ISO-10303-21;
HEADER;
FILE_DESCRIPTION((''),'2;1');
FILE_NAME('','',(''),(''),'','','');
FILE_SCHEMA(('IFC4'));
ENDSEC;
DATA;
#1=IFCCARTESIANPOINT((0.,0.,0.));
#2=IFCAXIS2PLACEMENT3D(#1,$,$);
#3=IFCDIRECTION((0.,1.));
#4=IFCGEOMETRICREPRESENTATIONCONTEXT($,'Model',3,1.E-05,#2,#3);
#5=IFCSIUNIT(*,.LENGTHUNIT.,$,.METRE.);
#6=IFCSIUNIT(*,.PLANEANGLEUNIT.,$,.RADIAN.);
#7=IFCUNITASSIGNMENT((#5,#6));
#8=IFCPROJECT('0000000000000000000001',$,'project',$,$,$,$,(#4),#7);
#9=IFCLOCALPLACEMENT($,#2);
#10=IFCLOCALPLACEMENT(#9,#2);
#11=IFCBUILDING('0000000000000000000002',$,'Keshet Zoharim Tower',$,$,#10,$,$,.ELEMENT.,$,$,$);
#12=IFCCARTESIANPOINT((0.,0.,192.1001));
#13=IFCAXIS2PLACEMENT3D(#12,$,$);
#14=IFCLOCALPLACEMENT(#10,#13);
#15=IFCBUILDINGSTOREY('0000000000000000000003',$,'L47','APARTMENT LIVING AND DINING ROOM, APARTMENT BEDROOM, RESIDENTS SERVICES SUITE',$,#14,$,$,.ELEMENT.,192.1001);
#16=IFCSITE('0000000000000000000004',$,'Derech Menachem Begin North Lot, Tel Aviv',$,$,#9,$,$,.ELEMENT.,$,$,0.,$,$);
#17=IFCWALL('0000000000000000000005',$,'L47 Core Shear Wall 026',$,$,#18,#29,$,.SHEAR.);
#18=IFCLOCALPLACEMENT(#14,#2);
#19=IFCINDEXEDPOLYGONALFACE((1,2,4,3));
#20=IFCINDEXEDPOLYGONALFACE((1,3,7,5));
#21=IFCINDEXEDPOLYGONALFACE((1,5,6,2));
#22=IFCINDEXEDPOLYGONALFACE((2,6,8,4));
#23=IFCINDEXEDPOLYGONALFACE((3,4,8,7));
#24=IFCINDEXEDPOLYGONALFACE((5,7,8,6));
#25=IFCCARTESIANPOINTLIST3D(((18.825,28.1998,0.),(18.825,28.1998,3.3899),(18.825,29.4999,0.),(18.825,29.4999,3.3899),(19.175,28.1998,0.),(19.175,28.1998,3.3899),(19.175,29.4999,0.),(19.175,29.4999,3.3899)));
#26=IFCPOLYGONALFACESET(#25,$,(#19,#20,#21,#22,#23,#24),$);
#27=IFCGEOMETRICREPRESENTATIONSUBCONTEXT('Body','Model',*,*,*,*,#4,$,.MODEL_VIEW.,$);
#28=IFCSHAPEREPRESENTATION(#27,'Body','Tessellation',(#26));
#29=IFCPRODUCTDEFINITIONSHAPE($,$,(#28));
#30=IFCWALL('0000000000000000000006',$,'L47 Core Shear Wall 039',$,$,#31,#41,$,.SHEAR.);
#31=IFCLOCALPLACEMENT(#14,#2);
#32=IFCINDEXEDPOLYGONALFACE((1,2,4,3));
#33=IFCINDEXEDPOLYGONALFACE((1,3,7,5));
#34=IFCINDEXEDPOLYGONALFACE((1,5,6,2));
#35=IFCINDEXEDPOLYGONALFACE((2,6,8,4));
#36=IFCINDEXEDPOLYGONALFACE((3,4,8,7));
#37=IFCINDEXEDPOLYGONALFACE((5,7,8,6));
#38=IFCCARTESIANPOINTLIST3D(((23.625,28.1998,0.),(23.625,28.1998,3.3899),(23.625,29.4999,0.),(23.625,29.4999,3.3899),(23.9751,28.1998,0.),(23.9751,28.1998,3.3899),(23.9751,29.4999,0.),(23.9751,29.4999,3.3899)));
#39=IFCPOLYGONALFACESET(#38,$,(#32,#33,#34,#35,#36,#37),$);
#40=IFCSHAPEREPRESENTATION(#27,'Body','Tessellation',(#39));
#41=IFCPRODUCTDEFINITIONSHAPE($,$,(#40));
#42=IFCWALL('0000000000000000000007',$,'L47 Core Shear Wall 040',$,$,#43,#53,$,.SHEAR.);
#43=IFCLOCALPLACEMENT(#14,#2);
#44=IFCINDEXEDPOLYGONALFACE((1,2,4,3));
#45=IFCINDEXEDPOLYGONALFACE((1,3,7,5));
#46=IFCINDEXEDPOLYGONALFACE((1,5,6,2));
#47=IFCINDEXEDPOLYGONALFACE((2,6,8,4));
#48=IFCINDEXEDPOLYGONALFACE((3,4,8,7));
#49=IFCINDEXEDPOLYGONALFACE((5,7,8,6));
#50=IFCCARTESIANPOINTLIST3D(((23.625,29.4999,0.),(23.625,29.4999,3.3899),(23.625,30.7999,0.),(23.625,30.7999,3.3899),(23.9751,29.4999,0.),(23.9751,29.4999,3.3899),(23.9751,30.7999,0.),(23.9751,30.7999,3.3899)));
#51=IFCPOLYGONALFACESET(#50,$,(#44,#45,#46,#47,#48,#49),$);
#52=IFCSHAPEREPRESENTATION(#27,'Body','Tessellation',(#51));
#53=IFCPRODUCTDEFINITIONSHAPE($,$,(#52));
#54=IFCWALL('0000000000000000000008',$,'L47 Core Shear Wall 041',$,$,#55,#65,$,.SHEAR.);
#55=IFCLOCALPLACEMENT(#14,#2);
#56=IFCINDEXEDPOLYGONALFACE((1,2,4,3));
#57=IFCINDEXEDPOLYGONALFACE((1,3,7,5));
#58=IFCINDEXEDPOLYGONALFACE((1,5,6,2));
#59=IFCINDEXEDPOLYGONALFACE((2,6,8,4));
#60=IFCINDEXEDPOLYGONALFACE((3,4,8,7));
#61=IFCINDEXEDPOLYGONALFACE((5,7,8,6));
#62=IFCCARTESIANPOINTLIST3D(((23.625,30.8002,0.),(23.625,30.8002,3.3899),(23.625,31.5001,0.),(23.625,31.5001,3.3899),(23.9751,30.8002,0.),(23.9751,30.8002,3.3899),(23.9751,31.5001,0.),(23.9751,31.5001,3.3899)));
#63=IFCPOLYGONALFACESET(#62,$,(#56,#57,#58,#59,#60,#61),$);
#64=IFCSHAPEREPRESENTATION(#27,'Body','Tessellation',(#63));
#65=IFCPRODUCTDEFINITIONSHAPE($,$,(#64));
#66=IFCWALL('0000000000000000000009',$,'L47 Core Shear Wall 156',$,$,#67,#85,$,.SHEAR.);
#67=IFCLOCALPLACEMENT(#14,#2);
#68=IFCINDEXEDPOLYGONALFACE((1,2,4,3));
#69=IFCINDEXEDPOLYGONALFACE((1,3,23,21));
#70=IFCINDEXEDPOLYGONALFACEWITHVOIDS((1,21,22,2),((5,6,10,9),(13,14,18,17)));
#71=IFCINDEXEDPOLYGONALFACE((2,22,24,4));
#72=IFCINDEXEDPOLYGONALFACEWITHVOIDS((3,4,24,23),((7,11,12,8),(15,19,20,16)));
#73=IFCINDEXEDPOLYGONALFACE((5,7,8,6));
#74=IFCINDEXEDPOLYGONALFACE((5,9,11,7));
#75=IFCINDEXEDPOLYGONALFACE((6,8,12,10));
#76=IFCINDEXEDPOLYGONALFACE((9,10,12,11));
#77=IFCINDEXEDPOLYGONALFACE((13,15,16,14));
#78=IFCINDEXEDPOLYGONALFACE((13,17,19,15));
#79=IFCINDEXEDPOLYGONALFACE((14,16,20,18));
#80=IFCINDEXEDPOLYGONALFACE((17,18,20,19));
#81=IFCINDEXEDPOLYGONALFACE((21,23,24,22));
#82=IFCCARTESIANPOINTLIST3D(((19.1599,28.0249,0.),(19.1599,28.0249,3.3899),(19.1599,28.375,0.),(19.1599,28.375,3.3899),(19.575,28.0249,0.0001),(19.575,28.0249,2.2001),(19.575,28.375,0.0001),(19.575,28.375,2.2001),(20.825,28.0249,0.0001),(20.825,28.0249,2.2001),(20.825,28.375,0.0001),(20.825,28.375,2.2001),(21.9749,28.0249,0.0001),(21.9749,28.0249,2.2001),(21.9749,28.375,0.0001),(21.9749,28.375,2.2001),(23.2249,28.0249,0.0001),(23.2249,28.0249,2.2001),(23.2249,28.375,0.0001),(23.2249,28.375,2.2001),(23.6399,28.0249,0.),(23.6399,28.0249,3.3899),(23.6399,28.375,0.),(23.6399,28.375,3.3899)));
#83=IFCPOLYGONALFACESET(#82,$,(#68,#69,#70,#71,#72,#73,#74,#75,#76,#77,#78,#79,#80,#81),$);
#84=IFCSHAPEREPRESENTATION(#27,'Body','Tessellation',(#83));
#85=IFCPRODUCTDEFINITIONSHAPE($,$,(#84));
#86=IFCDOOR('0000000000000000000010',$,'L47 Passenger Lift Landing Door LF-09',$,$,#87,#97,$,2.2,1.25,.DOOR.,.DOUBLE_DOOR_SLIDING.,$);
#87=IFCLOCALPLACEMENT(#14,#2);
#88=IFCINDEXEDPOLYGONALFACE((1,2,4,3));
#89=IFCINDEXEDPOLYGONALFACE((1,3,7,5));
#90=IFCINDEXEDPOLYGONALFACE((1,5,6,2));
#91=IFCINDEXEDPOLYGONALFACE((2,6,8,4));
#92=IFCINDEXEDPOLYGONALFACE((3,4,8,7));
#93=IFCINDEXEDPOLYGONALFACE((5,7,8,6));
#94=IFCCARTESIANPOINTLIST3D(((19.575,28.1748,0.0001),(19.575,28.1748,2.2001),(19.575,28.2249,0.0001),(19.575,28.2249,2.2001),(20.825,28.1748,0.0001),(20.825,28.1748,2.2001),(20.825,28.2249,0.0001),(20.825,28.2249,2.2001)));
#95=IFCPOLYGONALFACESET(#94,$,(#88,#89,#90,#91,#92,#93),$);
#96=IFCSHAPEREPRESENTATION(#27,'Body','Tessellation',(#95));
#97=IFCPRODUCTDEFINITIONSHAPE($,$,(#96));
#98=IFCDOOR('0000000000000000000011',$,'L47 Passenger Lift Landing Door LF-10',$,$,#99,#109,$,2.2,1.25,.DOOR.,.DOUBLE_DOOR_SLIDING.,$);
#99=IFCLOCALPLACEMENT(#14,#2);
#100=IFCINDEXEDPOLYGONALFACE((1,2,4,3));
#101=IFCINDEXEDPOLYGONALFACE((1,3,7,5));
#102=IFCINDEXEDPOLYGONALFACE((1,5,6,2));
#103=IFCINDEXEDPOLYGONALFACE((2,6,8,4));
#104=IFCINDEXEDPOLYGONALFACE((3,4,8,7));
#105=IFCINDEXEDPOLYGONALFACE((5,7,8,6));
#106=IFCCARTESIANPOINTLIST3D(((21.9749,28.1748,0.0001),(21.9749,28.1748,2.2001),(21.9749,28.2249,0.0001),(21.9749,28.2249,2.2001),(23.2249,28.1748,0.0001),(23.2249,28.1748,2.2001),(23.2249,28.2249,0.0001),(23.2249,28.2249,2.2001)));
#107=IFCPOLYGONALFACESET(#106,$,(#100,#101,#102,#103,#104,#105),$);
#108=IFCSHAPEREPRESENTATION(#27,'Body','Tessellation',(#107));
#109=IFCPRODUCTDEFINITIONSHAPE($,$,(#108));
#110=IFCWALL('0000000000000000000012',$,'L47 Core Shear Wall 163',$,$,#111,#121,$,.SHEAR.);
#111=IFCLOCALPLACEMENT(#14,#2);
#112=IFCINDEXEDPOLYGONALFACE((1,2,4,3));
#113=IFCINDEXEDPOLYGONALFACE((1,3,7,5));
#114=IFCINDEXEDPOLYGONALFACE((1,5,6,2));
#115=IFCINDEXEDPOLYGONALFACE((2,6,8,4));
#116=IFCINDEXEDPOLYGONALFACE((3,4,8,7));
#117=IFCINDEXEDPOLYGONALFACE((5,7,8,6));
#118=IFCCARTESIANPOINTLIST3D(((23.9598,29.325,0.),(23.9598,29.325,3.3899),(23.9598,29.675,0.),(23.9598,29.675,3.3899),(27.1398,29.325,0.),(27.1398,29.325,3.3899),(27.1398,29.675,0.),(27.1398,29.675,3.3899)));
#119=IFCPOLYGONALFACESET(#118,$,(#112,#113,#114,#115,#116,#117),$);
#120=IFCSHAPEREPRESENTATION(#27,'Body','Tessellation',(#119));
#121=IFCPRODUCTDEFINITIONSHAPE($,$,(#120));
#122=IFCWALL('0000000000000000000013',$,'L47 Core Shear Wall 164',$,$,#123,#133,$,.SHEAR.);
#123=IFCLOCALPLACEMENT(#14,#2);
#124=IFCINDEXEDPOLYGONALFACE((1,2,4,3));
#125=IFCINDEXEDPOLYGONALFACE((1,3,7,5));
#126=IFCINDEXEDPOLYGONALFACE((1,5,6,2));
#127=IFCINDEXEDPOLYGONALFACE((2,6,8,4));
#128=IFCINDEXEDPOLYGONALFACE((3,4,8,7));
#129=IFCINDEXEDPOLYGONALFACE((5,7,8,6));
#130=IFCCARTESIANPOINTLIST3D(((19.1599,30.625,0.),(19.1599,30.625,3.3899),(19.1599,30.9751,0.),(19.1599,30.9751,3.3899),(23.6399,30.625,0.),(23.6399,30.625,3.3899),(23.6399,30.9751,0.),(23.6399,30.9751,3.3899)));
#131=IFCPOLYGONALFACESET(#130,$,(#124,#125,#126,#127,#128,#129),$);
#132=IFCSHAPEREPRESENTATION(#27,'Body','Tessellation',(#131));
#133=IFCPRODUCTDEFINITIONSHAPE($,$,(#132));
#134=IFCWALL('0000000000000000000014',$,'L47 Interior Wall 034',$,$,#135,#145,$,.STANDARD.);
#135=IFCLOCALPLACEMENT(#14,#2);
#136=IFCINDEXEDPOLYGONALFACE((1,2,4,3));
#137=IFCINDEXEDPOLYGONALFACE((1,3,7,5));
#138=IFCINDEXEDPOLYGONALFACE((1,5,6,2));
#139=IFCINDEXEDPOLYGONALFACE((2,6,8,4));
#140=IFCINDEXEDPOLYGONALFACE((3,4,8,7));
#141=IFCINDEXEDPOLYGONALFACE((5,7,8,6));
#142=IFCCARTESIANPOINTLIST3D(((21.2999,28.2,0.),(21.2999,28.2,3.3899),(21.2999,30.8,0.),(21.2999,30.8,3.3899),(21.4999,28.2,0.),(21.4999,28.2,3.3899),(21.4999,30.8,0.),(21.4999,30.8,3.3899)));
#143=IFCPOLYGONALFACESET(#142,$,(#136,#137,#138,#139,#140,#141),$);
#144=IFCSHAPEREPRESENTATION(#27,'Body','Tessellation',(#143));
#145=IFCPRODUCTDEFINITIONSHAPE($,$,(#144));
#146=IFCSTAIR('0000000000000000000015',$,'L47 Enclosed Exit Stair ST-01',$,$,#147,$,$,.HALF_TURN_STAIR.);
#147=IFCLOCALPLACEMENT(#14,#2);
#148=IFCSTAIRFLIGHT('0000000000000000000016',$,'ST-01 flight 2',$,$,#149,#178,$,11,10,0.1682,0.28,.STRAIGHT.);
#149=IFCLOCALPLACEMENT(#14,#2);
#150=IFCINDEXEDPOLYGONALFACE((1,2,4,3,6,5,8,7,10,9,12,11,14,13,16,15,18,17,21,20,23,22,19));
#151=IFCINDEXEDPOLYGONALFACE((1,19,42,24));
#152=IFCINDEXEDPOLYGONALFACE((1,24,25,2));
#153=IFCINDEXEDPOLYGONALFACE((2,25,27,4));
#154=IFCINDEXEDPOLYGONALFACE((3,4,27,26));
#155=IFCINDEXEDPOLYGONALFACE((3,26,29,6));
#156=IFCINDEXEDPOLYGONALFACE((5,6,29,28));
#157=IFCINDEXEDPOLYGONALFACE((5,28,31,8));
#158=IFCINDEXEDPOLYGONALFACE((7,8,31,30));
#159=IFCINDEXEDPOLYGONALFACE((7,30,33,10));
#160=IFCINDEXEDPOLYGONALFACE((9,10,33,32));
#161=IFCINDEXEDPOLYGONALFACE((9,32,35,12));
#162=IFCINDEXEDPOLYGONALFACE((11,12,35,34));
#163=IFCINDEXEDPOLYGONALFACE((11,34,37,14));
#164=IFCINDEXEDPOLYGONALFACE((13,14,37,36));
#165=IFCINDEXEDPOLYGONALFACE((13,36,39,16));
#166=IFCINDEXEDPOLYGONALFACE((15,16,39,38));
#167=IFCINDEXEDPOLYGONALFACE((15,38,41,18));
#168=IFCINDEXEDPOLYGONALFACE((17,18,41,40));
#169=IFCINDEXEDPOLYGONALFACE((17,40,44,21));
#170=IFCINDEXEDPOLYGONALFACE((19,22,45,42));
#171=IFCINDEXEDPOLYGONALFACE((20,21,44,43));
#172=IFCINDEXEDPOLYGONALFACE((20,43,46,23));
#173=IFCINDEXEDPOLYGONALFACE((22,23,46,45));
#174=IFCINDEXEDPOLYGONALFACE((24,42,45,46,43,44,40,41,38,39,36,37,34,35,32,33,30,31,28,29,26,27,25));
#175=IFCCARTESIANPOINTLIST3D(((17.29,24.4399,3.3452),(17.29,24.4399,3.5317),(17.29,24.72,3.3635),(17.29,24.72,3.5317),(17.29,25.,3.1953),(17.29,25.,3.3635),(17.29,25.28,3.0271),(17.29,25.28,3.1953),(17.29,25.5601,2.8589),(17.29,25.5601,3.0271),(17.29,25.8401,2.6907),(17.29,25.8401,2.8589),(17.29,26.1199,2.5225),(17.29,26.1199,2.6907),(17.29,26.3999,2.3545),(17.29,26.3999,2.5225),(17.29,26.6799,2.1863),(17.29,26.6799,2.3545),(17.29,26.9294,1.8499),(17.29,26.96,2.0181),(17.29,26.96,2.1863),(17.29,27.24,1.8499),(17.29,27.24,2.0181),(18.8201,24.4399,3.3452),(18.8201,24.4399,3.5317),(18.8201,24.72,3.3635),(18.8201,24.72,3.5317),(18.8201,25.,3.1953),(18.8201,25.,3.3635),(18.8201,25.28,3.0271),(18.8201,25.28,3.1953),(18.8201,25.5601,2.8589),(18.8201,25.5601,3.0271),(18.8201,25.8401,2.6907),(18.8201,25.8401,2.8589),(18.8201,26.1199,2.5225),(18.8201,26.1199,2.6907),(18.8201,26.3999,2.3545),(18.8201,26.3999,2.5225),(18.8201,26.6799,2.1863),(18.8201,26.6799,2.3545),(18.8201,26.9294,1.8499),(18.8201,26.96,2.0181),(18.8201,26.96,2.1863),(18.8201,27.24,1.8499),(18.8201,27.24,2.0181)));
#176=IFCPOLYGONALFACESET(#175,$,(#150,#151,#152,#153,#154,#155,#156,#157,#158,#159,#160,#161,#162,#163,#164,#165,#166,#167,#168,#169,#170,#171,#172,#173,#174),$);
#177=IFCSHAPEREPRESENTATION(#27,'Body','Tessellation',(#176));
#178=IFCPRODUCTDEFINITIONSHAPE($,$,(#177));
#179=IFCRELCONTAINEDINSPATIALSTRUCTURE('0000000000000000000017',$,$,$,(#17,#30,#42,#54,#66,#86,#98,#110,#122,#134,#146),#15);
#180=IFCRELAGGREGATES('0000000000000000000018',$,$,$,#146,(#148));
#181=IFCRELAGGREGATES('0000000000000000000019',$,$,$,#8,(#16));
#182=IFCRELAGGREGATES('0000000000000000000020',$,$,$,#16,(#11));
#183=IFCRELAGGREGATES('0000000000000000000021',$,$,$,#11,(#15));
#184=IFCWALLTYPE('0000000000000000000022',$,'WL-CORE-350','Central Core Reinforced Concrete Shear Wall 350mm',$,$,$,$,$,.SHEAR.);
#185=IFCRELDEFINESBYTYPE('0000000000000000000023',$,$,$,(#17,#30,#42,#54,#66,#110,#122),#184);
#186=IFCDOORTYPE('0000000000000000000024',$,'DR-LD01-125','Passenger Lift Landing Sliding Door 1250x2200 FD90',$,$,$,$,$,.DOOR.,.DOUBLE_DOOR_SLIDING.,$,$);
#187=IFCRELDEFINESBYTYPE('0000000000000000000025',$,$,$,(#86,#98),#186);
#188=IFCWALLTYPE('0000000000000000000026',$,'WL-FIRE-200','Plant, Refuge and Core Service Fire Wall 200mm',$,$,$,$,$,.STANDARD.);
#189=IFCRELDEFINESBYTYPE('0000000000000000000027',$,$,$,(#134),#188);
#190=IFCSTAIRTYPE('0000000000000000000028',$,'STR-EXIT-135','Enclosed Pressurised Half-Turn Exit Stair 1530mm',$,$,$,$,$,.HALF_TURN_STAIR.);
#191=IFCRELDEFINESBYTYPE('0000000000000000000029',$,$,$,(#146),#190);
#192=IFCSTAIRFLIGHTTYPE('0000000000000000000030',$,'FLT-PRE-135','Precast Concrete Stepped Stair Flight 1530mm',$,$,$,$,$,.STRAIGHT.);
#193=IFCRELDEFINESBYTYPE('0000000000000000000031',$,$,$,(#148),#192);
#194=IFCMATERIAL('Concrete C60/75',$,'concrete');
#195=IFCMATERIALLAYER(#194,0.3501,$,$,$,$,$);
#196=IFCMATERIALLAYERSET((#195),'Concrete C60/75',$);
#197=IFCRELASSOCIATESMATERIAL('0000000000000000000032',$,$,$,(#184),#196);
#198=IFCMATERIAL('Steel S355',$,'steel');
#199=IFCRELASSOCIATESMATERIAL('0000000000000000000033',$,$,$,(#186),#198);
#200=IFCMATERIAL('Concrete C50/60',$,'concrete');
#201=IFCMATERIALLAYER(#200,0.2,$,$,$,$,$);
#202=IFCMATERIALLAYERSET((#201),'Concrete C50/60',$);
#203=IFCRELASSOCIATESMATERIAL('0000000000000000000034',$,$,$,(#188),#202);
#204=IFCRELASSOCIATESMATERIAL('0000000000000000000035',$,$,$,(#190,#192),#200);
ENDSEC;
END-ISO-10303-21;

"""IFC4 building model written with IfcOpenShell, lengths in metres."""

from ifc_helpers import new_model, si_unit, direction, frame, frame_2d, origin, place, context, subcontext, project, spatial, polyline, rectangle, outline, extrude, material, layer, layer_set, type_object, element, fill, aggregate, save


model = new_model("IFC4")

# Units and contexts
model_context = context("Model", 3, precision=1e-05, world=origin(), true_north=direction((0.0, 1.0)))
body_context = subcontext(model_context, "Body", "Model", "MODEL_VIEW")
ifc_project = project(units=[si_unit("LENGTHUNIT", "METRE"), si_unit("PLANEANGLEUNIT", "RADIAN")], contexts=[model_context])

# Site, building, storey
site_placement = place(None, origin())
site = spatial("IfcSite", under=ifc_project, at=site_placement, Name="Derech Menachem Begin North Lot, Tel Aviv", CompositionType="ELEMENT", RefElevation=0.0)
building_placement = place(site_placement, origin())
building = spatial("IfcBuilding", under=site, at=building_placement, Name="Keshet Zoharim Tower", CompositionType="ELEMENT")
storey_placement = place(building_placement, frame((0.0, 0.0, 192.1001)))
storey = spatial("IfcBuildingStorey", under=building, at=storey_placement, Name="L47", Description="APARTMENT LIVING AND DINING ROOM, APARTMENT BEDROOM, RESIDENTS SERVICES SUITE", CompositionType="ELEMENT", Elevation=192.1001)

# Wall
ifc_material_1 = material(Name="Concrete C60/75", Category="concrete")
ifc_layer_1 = layer(ifc_material_1, 0.3501)
ifc_layer_set_1 = layer_set([ifc_layer_1], Name="Concrete C60/75")
wall_type_1 = type_object("IfcWallType", Name="WL-CORE-350", Description="Central Core Reinforced Concrete Shear Wall 350mm", PredefinedType="SHEAR", material=ifc_layer_set_1)
wall_1_placement = place(storey_placement, frame((19.0, 28.2, 0.0), z_axis=(0.0, 0.0, 1.0), x_axis=(0.0, 1.0, 0.0)))
element("IfcWall", 1, at=wall_1_placement, inside=storey, type_object=wall_type_1, Name="L47 Core Shear Wall 026", PredefinedType="SHEAR", context=body_context, shape_type="SweptSolid", body=[
    extrude(rectangle(XDim=1.3, YDim=0.3501, at=frame_2d((0.6499, 0.0))), origin(), (0.0, 0.0, 1.0), 3.3899),
])

# Walls
for number, where, z_axis, x_axis, name in (
    (2, (23.8, 28.2, 0.0), (0.0, 0.0, 1.0), (0.0, 1.0, 0.0), "L47 Core Shear Wall 039"),
    (3, (23.8, 29.5, 0.0), (0.0, 0.0, 1.0), (0.0, 1.0, 0.0), "L47 Core Shear Wall 040"),
):
    element("IfcWall", number, at=place(storey_placement, frame(where, z_axis=z_axis, x_axis=x_axis)), inside=storey, type_object=wall_type_1, Name=name, PredefinedType="SHEAR", context=body_context, shape_type="SweptSolid", body=[
        extrude(rectangle(XDim=1.3, YDim=0.3501, at=frame_2d((0.6499, 0.0))), origin(), (0.0, 0.0, 1.0), 3.3899),
    ])
wall_2_placement = place(storey_placement, frame((23.8, 30.8, 0.0), z_axis=(0.0, 0.0, 1.0), x_axis=(0.0, 1.0, 0.0)))
element("IfcWall", 4, at=wall_2_placement, inside=storey, type_object=wall_type_1, Name="L47 Core Shear Wall 041", PredefinedType="SHEAR", context=body_context, shape_type="SweptSolid", body=[
    extrude(rectangle(XDim=0.7, YDim=0.3501, at=frame_2d((0.3501, 0.0))), origin(), (0.0, 0.0, 1.0), 3.3899),
])

# Wall, openings, doors
wall_3_placement = place(storey_placement, frame((19.1599, 28.2, 0.0), z_axis=(0.0, 0.0, 1.0), x_axis=(1.0, 0.0, 0.0)))
wall_3 = element("IfcWall", 5, at=wall_3_placement, inside=storey, type_object=wall_type_1, Name="L47 Core Shear Wall 156", PredefinedType="SHEAR", context=body_context, shape_type="SweptSolid", body=[
    extrude(rectangle(XDim=4.48, YDim=0.3501, at=frame_2d((2.24, 0.0))), origin(), (0.0, 0.0, 1.0), 3.3899),
])
opening_1_placement = place(wall_3_placement, frame((0.415, 0.0, 0.0)))
opening_1 = element("IfcOpeningElement", 6, at=opening_1_placement, cuts=wall_3, PredefinedType="OPENING", context=body_context, shape_type="SweptSolid", body=[
    extrude(rectangle(XDim=1.25, YDim=2.2, at=frame_2d((0.625, 1.1001))), frame((0.0, 0.1851, 0.0), z_axis=(0.0, -1.0, 0.0), x_axis=(1.0, 0.0, 0.0)), (0.0, 0.0, 1.0), 0.3701),
])
opening_2_placement = place(wall_3_placement, frame((2.8149, 0.0, 0.0)))
opening_2 = element("IfcOpeningElement", 7, at=opening_2_placement, cuts=wall_3, PredefinedType="OPENING", context=body_context, shape_type="SweptSolid", body=[
    extrude(rectangle(XDim=1.25, YDim=2.2, at=frame_2d((0.625, 1.1001))), frame((0.0, 0.1851, 0.0), z_axis=(0.0, -1.0, 0.0), x_axis=(1.0, 0.0, 0.0)), (0.0, 0.0, 1.0), 0.3701),
])
ifc_material_2 = material(Name="Steel S355", Category="steel")
door_type_1 = type_object("IfcDoorType", Name="DR-LD01-125", Description="Passenger Lift Landing Sliding Door 1250x2200 FD90", OperationType="DOUBLE_DOOR_SLIDING", PredefinedType="DOOR", material=ifc_material_2)
door_1_placement = place(opening_1_placement, origin())
door_1 = element("IfcDoor", 8, at=door_1_placement, inside=storey, type_object=door_type_1, Name="L47 Passenger Lift Landing Door LF-09", OperationType="DOUBLE_DOOR_SLIDING", OverallHeight=2.2, OverallWidth=1.25, PredefinedType="DOOR", context=body_context, shape_type="SweptSolid", body=[
    extrude(rectangle(XDim=1.25, YDim=2.2, at=frame_2d((0.625, 1.1001))), frame((0.0, 0.0249, 0.0), z_axis=(0.0, -1.0, 0.0), x_axis=(1.0, 0.0, 0.0)), (0.0, 0.0, 1.0), 0.05),
])
fill(opening_1, door_1)
door_2_placement = place(opening_2_placement, origin())
door_2 = element("IfcDoor", 9, at=door_2_placement, inside=storey, type_object=door_type_1, Name="L47 Passenger Lift Landing Door LF-10", OperationType="DOUBLE_DOOR_SLIDING", OverallHeight=2.2, OverallWidth=1.25, PredefinedType="DOOR", context=body_context, shape_type="SweptSolid", body=[
    extrude(rectangle(XDim=1.25, YDim=2.2, at=frame_2d((0.625, 1.1001))), frame((0.0, 0.0249, 0.0), z_axis=(0.0, -1.0, 0.0), x_axis=(1.0, 0.0, 0.0)), (0.0, 0.0, 1.0), 0.05),
])
fill(opening_2, door_2)

# Walls
wall_4_placement = place(storey_placement, frame((23.96, 29.5, 0.0), z_axis=(0.0, 0.0, 1.0), x_axis=(1.0, 0.0, 0.0)))
element("IfcWall", 10, at=wall_4_placement, inside=storey, type_object=wall_type_1, Name="L47 Core Shear Wall 163", PredefinedType="SHEAR", context=body_context, shape_type="SweptSolid", body=[
    extrude(rectangle(XDim=3.1799, YDim=0.3501, at=frame_2d((1.5898, 0.0))), origin(), (0.0, 0.0, 1.0), 3.3899),
])
wall_5_placement = place(storey_placement, frame((19.1599, 30.8, 0.0), z_axis=(0.0, 0.0, 1.0), x_axis=(1.0, 0.0, 0.0)))
element("IfcWall", 11, at=wall_5_placement, inside=storey, type_object=wall_type_1, Name="L47 Core Shear Wall 164", PredefinedType="SHEAR", context=body_context, shape_type="SweptSolid", body=[
    extrude(rectangle(XDim=4.48, YDim=0.3501, at=frame_2d((2.24, 0.0))), origin(), (0.0, 0.0, 1.0), 3.3899),
])
ifc_material_3 = material(Name="Concrete C50/60", Category="concrete")
ifc_layer_2 = layer(ifc_material_3, 0.2)
ifc_layer_set_2 = layer_set([ifc_layer_2], Name="Concrete C50/60")
wall_type_2 = type_object("IfcWallType", Name="WL-FIRE-200", Description="Plant, Refuge and Core Service Fire Wall 200mm", PredefinedType="STANDARD", material=ifc_layer_set_2)
wall_6_placement = place(storey_placement, frame((21.3999, 28.2, 0.0), z_axis=(0.0, 0.0, 1.0), x_axis=(0.0, 1.0, 0.0)))
element("IfcWall", 12, at=wall_6_placement, inside=storey, type_object=wall_type_2, Name="L47 Interior Wall 034", PredefinedType="STANDARD", context=body_context, shape_type="SweptSolid", body=[
    extrude(rectangle(XDim=2.6001, YDim=0.2, at=frame_2d((1.3, 0.0))), origin(), (0.0, 0.0, 1.0), 3.3899),
])

# Stair, stair flight
stair_type = type_object("IfcStairType", Name="STR-EXIT-135", Description="Enclosed Pressurised Half-Turn Exit Stair 1530mm", PredefinedType="HALF_TURN_STAIR", material=ifc_material_3)
stair_1_placement = place(storey_placement, origin())
stair_1 = element("IfcStair", 13, at=stair_1_placement, inside=storey, type_object=stair_type, Name="L47 Enclosed Exit Stair ST-01", PredefinedType="HALF_TURN_STAIR")
stair_flight_type_1 = type_object("IfcStairFlightType", Name="FLT-PRE-135", Description="Precast Concrete Stepped Stair Flight 1530mm", PredefinedType="STRAIGHT", material=ifc_material_3)
stair_flight_1_placement = place(storey_placement, frame((18.0549, 27.24, 1.8499), z_axis=(0.0, 0.0, 1.0), x_axis=(0.0, -1.0, 0.0)))
stair_flight_1 = element("IfcStairFlight", 14, at=stair_flight_1_placement, type_object=stair_flight_type_1, Name="ST-01 flight 2", NumberOfRisers=11, NumberOfTreads=10, PredefinedType="STRAIGHT", RiserHeight=0.1682, TreadLength=0.28, context=body_context, shape_type="SweptSolid", body=[
    extrude(outline(polyline([(0.0, 0.0), (0.0, 0.1682), (0.28, 0.1682), (0.28, 0.3364), (0.5601, 0.3364), (0.5601, 0.5046), (0.8401, 0.5046), (0.8401, 0.6726), (1.1201, 0.6726), (1.1201, 0.8408), (1.3999, 0.8408), (1.3999, 1.009), (1.6799, 1.009), (1.6799, 1.1772), (1.96, 1.1772), (1.96, 1.3455), (2.24, 1.3455), (2.24, 1.5137), (2.52, 1.5137), (2.52, 1.6819), (2.8, 1.6819), (2.8, 1.8501), (2.8, 1.4954), (0.3105, 0.0), (0.0, 0.0)])), frame((0.0, 0.7651, 0.0), z_axis=(0.0, -1.0, 0.0), x_axis=(1.0, 0.0, 0.0)), (0.0, 0.0, 1.0), 1.53),
])
aggregate(stair_1, [stair_flight_1])

save(model, "model.ifc")
